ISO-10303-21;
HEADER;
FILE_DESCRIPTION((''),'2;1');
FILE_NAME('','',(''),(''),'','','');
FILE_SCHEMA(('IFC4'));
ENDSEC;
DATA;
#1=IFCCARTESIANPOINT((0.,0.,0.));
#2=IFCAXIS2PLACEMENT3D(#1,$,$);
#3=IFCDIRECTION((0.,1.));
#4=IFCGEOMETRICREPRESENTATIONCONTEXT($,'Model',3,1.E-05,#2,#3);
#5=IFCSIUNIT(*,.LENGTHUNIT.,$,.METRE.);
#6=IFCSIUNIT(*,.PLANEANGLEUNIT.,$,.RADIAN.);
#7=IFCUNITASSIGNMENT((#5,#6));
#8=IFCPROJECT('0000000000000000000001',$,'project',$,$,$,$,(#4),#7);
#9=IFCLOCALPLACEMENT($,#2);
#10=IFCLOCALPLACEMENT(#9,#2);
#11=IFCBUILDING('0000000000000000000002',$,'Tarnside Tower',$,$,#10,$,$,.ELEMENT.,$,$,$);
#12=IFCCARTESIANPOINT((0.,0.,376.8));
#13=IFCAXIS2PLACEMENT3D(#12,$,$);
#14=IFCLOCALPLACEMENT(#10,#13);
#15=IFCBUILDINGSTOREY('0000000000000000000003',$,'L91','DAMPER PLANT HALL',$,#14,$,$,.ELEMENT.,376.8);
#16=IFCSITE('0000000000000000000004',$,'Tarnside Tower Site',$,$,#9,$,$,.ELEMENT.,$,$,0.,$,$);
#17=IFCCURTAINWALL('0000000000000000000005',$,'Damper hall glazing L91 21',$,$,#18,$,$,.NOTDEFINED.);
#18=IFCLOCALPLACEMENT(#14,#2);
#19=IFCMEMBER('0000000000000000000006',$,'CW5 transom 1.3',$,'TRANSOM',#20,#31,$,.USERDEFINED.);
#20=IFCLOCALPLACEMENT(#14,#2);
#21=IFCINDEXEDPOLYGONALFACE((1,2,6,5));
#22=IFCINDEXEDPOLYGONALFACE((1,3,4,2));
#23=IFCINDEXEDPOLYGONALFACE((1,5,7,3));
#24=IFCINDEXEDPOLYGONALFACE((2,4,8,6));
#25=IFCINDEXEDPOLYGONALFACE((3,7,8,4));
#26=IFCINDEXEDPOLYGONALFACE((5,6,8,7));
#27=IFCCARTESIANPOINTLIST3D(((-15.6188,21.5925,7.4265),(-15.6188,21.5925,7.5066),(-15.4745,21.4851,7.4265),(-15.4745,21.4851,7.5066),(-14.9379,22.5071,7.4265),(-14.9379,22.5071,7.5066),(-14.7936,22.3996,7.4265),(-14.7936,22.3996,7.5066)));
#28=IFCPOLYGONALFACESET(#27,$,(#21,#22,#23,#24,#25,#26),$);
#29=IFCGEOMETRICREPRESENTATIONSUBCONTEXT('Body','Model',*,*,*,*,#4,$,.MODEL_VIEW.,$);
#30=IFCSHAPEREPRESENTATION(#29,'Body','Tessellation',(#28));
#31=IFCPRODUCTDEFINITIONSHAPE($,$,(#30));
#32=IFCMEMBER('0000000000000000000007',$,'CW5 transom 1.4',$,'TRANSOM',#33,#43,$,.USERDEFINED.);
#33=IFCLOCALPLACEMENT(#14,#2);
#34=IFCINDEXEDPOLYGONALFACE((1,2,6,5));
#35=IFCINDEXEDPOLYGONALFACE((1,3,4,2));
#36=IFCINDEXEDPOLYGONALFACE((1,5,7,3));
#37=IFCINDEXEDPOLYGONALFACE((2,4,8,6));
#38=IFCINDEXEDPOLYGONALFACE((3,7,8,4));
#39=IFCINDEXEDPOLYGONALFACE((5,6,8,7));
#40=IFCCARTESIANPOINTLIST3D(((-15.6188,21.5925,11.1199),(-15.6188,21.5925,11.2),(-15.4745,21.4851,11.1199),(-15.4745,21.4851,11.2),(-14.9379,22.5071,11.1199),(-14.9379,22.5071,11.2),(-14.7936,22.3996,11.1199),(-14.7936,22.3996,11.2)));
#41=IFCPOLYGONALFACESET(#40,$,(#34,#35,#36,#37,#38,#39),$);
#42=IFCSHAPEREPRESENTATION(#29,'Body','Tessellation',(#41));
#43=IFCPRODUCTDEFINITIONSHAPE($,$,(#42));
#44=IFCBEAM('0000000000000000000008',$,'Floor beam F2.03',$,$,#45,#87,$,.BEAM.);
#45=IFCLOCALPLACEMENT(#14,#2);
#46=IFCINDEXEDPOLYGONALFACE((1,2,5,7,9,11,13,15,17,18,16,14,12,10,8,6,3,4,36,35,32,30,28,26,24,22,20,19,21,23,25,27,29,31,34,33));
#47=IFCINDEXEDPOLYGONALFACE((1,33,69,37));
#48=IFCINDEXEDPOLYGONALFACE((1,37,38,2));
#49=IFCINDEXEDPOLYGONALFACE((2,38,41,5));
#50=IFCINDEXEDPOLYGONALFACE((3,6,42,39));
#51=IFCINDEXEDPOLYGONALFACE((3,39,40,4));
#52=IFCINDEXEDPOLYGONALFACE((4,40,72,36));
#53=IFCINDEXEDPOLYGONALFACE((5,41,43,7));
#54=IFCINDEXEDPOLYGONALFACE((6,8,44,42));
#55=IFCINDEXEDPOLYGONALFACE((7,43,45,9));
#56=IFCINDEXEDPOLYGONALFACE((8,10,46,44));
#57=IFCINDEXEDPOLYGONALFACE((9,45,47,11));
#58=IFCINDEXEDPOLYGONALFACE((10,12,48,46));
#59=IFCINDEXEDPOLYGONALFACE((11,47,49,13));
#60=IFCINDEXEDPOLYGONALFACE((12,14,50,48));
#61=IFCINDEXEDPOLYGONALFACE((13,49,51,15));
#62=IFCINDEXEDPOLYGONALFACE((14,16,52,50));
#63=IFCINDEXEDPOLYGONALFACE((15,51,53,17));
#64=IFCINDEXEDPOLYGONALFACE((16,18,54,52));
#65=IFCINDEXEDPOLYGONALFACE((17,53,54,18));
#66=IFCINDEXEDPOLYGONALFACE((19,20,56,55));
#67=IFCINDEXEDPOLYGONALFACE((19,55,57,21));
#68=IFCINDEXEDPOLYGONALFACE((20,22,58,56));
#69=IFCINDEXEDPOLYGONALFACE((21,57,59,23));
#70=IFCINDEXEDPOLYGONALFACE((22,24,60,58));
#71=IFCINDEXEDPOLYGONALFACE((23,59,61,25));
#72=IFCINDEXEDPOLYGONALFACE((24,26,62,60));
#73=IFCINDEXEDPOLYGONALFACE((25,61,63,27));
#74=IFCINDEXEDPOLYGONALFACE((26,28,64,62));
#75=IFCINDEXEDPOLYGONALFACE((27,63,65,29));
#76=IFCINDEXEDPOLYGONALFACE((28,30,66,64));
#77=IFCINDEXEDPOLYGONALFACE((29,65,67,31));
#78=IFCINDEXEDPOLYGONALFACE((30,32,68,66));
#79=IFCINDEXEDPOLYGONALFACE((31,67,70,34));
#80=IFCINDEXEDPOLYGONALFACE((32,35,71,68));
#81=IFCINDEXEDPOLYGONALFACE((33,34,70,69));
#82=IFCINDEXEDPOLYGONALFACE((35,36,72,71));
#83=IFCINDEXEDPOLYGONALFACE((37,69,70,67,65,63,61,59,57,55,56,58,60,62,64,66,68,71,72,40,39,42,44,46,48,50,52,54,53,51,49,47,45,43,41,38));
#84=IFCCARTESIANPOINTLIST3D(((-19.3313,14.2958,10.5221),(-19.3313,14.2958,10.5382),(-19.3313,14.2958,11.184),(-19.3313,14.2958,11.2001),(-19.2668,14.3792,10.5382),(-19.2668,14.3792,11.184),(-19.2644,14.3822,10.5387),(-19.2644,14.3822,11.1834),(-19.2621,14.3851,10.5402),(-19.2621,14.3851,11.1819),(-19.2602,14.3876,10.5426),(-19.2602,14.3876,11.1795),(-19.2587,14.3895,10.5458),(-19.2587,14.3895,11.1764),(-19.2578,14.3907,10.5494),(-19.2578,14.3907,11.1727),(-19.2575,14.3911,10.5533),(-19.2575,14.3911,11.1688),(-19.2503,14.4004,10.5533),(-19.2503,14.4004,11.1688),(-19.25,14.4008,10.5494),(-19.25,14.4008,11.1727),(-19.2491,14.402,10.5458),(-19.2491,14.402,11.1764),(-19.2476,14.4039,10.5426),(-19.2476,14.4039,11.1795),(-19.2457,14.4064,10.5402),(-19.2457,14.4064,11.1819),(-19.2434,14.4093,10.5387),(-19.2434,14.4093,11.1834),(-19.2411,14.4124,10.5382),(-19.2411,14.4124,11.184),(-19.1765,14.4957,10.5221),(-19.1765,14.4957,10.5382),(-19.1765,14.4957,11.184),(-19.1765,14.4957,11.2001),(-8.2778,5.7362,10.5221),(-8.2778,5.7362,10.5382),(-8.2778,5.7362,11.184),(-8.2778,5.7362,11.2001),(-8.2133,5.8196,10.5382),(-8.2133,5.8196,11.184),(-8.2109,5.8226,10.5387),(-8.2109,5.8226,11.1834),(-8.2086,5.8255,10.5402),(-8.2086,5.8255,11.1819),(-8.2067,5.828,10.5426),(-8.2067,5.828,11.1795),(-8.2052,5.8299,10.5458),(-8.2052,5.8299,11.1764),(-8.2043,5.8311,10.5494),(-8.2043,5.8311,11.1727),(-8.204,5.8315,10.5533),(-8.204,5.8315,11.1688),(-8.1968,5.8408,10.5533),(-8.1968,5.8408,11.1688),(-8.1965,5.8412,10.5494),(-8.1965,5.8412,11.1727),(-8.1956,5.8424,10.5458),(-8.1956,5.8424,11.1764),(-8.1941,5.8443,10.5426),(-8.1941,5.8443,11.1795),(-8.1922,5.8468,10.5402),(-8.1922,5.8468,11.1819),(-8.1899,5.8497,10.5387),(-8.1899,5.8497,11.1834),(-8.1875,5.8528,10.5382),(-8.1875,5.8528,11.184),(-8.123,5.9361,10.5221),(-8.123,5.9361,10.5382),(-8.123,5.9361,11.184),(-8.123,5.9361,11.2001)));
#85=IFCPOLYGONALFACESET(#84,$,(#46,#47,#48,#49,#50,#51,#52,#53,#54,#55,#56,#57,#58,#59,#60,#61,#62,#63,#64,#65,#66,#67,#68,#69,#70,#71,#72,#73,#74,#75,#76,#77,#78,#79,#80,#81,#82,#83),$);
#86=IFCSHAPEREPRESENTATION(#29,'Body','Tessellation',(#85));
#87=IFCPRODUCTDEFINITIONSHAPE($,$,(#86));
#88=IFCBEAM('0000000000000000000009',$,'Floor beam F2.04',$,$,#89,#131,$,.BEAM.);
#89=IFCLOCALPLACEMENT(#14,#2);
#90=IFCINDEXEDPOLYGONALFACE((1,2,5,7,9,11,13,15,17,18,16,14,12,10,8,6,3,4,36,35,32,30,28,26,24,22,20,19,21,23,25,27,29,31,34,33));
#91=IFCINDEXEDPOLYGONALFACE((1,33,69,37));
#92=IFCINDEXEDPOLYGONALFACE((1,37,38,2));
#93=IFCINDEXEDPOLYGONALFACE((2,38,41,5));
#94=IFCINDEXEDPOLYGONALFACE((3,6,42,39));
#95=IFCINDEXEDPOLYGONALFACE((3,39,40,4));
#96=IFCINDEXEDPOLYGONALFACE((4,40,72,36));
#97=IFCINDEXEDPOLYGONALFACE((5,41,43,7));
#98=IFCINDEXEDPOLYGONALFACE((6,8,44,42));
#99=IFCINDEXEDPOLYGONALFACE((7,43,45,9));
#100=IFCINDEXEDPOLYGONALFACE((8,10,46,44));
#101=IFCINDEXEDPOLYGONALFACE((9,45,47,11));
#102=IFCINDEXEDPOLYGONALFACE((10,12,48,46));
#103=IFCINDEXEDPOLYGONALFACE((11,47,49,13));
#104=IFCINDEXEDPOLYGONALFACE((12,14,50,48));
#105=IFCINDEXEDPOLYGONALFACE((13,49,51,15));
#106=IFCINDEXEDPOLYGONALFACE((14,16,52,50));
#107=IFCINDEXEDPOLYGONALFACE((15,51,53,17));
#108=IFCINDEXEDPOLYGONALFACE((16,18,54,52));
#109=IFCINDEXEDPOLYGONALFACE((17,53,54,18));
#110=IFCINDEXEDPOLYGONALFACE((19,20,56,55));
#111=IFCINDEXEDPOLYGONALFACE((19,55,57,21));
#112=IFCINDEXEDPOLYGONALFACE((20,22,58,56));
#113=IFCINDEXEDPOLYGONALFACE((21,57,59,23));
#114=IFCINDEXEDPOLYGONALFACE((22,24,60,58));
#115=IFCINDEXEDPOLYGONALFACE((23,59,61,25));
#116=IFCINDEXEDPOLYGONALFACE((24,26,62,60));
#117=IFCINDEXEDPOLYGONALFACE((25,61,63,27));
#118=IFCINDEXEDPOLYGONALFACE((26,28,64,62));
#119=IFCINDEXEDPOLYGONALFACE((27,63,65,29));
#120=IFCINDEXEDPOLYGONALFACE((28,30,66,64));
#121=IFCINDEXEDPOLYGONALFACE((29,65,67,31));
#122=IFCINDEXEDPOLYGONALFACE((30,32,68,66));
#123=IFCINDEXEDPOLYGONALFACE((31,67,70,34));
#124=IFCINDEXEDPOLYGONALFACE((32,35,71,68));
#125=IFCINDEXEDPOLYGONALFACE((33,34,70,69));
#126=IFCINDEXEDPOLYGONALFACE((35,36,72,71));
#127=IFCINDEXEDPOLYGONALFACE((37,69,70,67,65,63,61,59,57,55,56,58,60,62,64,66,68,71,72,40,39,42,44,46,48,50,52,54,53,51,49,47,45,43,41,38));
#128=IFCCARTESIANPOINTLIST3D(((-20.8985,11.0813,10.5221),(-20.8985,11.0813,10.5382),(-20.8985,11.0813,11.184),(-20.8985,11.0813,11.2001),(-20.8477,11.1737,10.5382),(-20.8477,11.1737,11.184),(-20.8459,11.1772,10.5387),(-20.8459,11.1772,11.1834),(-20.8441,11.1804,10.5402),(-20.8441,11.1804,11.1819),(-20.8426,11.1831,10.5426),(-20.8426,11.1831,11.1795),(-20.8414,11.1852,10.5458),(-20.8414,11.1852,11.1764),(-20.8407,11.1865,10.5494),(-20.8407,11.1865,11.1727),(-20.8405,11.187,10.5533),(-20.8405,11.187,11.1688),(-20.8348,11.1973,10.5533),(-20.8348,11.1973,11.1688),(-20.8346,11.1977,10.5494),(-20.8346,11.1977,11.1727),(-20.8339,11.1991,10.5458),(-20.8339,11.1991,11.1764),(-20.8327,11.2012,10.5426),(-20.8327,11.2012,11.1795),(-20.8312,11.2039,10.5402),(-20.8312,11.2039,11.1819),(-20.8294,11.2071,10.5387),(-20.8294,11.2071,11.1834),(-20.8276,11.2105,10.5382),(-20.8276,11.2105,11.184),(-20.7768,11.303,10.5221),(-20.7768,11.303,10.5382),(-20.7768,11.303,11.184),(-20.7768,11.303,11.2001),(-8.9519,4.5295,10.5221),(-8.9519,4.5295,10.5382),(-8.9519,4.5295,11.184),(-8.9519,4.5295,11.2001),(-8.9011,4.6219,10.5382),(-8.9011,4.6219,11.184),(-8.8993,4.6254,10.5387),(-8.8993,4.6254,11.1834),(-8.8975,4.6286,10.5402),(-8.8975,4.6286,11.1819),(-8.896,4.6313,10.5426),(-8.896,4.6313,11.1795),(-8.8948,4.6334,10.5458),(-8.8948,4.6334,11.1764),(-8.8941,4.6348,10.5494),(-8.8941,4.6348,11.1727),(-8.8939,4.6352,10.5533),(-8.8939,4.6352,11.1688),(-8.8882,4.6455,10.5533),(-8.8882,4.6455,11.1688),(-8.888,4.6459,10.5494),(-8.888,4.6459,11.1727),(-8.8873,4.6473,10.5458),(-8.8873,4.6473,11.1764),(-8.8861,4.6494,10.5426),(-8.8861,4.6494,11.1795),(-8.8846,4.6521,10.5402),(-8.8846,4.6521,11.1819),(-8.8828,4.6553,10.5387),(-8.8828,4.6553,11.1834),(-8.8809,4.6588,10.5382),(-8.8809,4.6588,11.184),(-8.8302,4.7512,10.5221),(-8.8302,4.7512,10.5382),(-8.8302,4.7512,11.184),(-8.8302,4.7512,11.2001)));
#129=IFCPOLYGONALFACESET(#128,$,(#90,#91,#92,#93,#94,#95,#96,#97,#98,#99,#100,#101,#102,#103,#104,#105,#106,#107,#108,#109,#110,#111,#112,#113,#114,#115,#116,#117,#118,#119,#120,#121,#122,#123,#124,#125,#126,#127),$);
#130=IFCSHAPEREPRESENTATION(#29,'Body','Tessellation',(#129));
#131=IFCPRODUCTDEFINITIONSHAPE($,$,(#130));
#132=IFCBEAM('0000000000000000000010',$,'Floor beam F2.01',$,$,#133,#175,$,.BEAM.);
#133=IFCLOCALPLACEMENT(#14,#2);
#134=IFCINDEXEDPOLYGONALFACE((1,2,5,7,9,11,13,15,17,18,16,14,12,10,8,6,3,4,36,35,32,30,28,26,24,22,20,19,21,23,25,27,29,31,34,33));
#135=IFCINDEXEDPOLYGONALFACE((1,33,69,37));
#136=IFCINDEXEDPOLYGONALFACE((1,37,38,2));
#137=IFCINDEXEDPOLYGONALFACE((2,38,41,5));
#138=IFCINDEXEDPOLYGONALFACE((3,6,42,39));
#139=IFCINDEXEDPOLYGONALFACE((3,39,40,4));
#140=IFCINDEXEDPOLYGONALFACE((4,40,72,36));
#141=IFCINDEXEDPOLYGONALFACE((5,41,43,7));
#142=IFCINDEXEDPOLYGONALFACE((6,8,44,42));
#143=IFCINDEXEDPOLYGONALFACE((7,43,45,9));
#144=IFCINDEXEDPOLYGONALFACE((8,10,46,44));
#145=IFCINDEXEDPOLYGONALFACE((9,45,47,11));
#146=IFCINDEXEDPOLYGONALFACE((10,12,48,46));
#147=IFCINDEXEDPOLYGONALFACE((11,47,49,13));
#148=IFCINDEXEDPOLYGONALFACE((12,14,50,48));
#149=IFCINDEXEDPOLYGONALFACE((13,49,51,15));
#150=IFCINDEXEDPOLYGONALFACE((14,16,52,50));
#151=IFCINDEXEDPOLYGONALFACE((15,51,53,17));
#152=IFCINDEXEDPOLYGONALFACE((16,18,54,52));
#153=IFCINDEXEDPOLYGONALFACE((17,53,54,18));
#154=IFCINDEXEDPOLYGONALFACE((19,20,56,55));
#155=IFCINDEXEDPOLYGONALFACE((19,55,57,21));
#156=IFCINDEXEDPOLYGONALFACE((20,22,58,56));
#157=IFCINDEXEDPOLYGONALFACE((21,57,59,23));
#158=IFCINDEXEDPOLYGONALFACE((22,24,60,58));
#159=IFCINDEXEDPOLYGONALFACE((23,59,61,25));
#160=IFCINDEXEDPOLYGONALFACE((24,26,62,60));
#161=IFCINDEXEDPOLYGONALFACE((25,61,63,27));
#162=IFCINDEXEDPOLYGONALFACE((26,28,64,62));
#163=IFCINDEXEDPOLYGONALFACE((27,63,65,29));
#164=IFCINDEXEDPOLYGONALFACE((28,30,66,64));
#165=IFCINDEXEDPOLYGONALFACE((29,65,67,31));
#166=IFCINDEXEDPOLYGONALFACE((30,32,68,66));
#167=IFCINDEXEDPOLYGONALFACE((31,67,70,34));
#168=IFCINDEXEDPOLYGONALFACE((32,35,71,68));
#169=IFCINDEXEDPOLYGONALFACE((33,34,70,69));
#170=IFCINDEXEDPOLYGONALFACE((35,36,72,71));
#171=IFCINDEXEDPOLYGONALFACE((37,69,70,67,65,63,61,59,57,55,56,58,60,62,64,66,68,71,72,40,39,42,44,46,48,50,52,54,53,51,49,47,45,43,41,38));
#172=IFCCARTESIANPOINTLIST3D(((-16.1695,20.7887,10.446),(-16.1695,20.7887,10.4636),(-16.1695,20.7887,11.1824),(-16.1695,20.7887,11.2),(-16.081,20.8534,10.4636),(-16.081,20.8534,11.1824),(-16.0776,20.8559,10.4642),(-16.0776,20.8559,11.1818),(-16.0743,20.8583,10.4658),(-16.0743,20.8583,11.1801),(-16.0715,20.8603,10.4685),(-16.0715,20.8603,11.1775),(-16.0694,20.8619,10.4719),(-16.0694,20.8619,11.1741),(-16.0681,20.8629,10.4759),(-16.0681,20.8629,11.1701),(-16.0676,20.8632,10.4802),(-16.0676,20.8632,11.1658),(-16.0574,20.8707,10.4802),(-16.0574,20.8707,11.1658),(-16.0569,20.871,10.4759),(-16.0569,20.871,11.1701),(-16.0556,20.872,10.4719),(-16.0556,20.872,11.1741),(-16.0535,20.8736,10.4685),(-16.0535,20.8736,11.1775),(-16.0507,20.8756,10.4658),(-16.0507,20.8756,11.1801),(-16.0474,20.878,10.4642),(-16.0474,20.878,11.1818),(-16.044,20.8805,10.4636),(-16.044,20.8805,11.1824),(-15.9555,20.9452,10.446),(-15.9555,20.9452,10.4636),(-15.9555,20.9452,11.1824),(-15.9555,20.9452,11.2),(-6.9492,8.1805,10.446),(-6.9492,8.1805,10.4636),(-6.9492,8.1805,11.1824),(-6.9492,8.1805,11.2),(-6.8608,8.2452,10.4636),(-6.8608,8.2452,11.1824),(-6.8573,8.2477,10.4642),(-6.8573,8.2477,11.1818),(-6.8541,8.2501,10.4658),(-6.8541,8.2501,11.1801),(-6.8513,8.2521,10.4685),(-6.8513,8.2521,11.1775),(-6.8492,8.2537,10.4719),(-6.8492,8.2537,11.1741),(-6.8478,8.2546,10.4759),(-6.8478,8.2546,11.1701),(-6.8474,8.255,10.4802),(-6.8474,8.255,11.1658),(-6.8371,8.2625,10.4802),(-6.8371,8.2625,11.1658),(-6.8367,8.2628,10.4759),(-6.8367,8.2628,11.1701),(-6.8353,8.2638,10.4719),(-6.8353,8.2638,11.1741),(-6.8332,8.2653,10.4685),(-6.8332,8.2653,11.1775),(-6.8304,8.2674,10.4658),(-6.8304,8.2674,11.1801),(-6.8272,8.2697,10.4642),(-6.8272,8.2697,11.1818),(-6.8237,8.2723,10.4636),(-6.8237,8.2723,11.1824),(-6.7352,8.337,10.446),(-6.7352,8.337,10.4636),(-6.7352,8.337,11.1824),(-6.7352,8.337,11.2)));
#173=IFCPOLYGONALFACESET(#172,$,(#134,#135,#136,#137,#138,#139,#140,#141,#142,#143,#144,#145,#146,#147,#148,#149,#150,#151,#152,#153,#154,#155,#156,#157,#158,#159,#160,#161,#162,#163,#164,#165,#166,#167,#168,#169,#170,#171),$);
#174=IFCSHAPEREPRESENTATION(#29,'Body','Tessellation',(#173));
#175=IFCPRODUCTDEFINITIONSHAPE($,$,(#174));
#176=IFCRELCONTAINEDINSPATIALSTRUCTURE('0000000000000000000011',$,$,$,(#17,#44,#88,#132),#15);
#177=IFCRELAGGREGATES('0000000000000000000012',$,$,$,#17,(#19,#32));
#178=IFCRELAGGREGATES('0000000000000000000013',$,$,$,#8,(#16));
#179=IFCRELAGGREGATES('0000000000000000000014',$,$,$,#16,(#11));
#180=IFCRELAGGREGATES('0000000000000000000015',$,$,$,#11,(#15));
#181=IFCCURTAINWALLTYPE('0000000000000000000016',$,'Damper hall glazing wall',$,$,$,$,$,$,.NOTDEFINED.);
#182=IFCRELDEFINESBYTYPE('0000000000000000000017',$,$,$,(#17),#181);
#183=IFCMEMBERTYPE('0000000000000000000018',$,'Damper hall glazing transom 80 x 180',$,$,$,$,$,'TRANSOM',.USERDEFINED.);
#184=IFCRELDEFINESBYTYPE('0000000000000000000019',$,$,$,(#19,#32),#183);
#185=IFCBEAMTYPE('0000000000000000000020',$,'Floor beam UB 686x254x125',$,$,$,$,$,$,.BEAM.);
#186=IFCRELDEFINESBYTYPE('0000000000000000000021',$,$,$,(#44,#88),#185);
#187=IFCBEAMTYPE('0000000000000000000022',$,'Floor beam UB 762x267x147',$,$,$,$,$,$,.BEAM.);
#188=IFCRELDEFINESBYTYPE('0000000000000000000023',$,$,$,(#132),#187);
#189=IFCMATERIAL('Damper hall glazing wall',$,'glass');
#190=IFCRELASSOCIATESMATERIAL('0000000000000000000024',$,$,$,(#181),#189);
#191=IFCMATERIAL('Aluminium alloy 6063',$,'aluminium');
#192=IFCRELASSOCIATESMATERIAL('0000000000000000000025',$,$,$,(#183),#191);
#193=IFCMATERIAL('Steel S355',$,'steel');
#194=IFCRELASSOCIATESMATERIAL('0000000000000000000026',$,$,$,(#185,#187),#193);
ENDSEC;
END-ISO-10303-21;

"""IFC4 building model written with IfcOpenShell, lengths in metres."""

from ifc_helpers import new_model, si_unit, direction, frame, origin, origin_2d, place, context, subcontext, project, spatial, rectangle, i_section, extrude, material, material_profile, profile_set, type_object, element, aggregate, save


model = new_model("IFC4")

# Units and contexts
model_context = context("Model", 3, precision=1e-05, world=origin(), true_north=direction((0.0, 1.0)))
body_context = subcontext(model_context, "Body", "Model", "MODEL_VIEW")
ifc_project = project(units=[si_unit("LENGTHUNIT", "METRE"), si_unit("PLANEANGLEUNIT", "RADIAN")], contexts=[model_context])

# Site, building, storey
site_placement = place(None, origin())
site = spatial("IfcSite", under=ifc_project, at=site_placement, Name="Tarnside Tower Site", CompositionType="ELEMENT", RefElevation=0.0)
building_placement = place(site_placement, origin())
building = spatial("IfcBuilding", under=site, at=building_placement, Name="Tarnside Tower", CompositionType="ELEMENT")
storey_placement = place(building_placement, frame((0.0, 0.0, 376.8)))
storey = spatial("IfcBuildingStorey", under=building, at=storey_placement, Name="L91", Description="DAMPER PLANT HALL", CompositionType="ELEMENT", Elevation=376.8)

# Shared definitions
ifc_material_1 = material(Name="Steel S355", Category="steel")

# Shared definitions
ifc_material_2 = material(Name="Damper hall glazing wall", Category="glass")
curtain_wall_type = type_object("IfcCurtainWallType", Name="Damper hall glazing wall", PredefinedType="NOTDEFINED", material=ifc_material_2)
ifc_material_3 = material(Name="Aluminium alloy 6063", Category="aluminium")

# Curtain wall
curtain_wall_1_placement = place(storey_placement, origin())
curtain_wall_1 = element("IfcCurtainWall", 1, at=curtain_wall_1_placement, inside=storey, type_object=curtain_wall_type, Name="Damper hall glazing L91 21", PredefinedType="NOTDEFINED")

# Members
ifc_material_profile_1 = material_profile(ifc_material_3, rectangle(XDim=0.1799, YDim=0.0801, at=origin_2d()), Name="Damper hall glazing transom 80 x 180")
ifc_profile_set_1 = profile_set([ifc_material_profile_1], Name="Aluminium alloy 6063")
member_type_1 = type_object("IfcMemberType", Name="Damper hall glazing transom 80 x 180", ElementType="TRANSOM", PredefinedType="USERDEFINED", material=ifc_profile_set_1)
member_1_placement = place(storey_placement, frame((-15.5466, 21.5388, 7.4666), z_axis=(0.597187, 0.802102, 0.0), x_axis=(-0.802102, 0.597187, 0.0)))
member_1 = element("IfcMember", 2, at=member_1_placement, type_object=member_type_1, Name="CW5 transom 1.3", ObjectType="TRANSOM", PredefinedType="USERDEFINED", context=body_context, shape_type="SweptSolid", body=[
    extrude(rectangle(XDim=0.1799, YDim=0.0801, at=origin_2d()), origin(), (0.0, 0.0, 1.0), 1.1401),
])
member_2_placement = place(storey_placement, frame((-15.5466, 21.5388, 11.1599), z_axis=(0.597187, 0.802102, 0.0), x_axis=(-0.802102, 0.597187, 0.0)))
member_2 = element("IfcMember", 3, at=member_2_placement, type_object=member_type_1, Name="CW5 transom 1.4", ObjectType="TRANSOM", PredefinedType="USERDEFINED", context=body_context, shape_type="SweptSolid", body=[
    extrude(rectangle(XDim=0.1799, YDim=0.0801, at=origin_2d()), origin(), (0.0, 0.0, 1.0), 1.1401),
])

# Beams
ifc_material_profile_2 = material_profile(ifc_material_1, i_section(OverallWidth=0.2529, OverallDepth=0.678, WebThickness=0.0117, FlangeThickness=0.0161, FilletRadius=0.0151, at=origin_2d()), Name="UB 686x254x125")
ifc_profile_set_2 = profile_set([ifc_material_profile_2], Name="Steel S355")
beam_type_1 = type_object("IfcBeamType", Name="Floor beam UB 686x254x125", PredefinedType="BEAM", material=ifc_profile_set_2)
beam_1_placement = place(storey_placement, frame((-19.2539, 14.3958, 10.8611), z_axis=(0.790653, -0.612265, 0.0), x_axis=(0.612265, 0.790653, 0.0)))
element("IfcBeam", 4, at=beam_1_placement, inside=storey, type_object=beam_type_1, Name="Floor beam F2.03", PredefinedType="BEAM", context=body_context, shape_type="SweptSolid", body=[
    extrude(i_section(OverallWidth=0.2529, OverallDepth=0.678, WebThickness=0.0117, FlangeThickness=0.0161, FilletRadius=0.0151, at=origin_2d()), origin(), (0.0, 0.0, 1.0), 13.9802),
])
beam_2_placement = place(storey_placement, frame((-20.8376, 11.1921, 10.8611), z_axis=(0.876799, -0.480857, 0.0), x_axis=(0.480857, 0.876799, 0.0)))
element("IfcBeam", 5, at=beam_2_placement, inside=storey, type_object=beam_type_1, Name="Floor beam F2.04", PredefinedType="BEAM", context=body_context, shape_type="SweptSolid", body=[
    extrude(i_section(OverallWidth=0.2529, OverallDepth=0.678, WebThickness=0.0117, FlangeThickness=0.0161, FilletRadius=0.0151, at=origin_2d()), origin(), (0.0, 0.0, 1.0), 13.6252),
])
ifc_material_profile_3 = material_profile(ifc_material_1, i_section(OverallWidth=0.2651, OverallDepth=0.7539, WebThickness=0.0127, FlangeThickness=0.0176, FilletRadius=0.0166, at=origin_2d()), Name="UB 762x267x147")
ifc_profile_set_3 = profile_set([ifc_material_profile_3], Name="Steel S355")
beam_type_2 = type_object("IfcBeamType", Name="Floor beam UB 762x267x147", PredefinedType="BEAM", material=ifc_profile_set_3)
beam_3_placement = place(storey_placement, frame((-16.0625, 20.8669, 10.823), z_axis=(0.59029, -0.807191, 0.0), x_axis=(0.807191, 0.59029, 0.0)))
element("IfcBeam", 6, at=beam_3_placement, inside=storey, type_object=beam_type_2, Name="Floor beam F2.01", PredefinedType="BEAM", context=body_context, shape_type="SweptSolid", body=[
    extrude(i_section(OverallWidth=0.2651, OverallDepth=0.7539, WebThickness=0.0127, FlangeThickness=0.0176, FilletRadius=0.0166, at=origin_2d()), origin(), (0.0, 0.0, 1.0), 15.6199),
])

aggregate(curtain_wall_1, [member_1, member_2])

save(model, "model.ifc")
